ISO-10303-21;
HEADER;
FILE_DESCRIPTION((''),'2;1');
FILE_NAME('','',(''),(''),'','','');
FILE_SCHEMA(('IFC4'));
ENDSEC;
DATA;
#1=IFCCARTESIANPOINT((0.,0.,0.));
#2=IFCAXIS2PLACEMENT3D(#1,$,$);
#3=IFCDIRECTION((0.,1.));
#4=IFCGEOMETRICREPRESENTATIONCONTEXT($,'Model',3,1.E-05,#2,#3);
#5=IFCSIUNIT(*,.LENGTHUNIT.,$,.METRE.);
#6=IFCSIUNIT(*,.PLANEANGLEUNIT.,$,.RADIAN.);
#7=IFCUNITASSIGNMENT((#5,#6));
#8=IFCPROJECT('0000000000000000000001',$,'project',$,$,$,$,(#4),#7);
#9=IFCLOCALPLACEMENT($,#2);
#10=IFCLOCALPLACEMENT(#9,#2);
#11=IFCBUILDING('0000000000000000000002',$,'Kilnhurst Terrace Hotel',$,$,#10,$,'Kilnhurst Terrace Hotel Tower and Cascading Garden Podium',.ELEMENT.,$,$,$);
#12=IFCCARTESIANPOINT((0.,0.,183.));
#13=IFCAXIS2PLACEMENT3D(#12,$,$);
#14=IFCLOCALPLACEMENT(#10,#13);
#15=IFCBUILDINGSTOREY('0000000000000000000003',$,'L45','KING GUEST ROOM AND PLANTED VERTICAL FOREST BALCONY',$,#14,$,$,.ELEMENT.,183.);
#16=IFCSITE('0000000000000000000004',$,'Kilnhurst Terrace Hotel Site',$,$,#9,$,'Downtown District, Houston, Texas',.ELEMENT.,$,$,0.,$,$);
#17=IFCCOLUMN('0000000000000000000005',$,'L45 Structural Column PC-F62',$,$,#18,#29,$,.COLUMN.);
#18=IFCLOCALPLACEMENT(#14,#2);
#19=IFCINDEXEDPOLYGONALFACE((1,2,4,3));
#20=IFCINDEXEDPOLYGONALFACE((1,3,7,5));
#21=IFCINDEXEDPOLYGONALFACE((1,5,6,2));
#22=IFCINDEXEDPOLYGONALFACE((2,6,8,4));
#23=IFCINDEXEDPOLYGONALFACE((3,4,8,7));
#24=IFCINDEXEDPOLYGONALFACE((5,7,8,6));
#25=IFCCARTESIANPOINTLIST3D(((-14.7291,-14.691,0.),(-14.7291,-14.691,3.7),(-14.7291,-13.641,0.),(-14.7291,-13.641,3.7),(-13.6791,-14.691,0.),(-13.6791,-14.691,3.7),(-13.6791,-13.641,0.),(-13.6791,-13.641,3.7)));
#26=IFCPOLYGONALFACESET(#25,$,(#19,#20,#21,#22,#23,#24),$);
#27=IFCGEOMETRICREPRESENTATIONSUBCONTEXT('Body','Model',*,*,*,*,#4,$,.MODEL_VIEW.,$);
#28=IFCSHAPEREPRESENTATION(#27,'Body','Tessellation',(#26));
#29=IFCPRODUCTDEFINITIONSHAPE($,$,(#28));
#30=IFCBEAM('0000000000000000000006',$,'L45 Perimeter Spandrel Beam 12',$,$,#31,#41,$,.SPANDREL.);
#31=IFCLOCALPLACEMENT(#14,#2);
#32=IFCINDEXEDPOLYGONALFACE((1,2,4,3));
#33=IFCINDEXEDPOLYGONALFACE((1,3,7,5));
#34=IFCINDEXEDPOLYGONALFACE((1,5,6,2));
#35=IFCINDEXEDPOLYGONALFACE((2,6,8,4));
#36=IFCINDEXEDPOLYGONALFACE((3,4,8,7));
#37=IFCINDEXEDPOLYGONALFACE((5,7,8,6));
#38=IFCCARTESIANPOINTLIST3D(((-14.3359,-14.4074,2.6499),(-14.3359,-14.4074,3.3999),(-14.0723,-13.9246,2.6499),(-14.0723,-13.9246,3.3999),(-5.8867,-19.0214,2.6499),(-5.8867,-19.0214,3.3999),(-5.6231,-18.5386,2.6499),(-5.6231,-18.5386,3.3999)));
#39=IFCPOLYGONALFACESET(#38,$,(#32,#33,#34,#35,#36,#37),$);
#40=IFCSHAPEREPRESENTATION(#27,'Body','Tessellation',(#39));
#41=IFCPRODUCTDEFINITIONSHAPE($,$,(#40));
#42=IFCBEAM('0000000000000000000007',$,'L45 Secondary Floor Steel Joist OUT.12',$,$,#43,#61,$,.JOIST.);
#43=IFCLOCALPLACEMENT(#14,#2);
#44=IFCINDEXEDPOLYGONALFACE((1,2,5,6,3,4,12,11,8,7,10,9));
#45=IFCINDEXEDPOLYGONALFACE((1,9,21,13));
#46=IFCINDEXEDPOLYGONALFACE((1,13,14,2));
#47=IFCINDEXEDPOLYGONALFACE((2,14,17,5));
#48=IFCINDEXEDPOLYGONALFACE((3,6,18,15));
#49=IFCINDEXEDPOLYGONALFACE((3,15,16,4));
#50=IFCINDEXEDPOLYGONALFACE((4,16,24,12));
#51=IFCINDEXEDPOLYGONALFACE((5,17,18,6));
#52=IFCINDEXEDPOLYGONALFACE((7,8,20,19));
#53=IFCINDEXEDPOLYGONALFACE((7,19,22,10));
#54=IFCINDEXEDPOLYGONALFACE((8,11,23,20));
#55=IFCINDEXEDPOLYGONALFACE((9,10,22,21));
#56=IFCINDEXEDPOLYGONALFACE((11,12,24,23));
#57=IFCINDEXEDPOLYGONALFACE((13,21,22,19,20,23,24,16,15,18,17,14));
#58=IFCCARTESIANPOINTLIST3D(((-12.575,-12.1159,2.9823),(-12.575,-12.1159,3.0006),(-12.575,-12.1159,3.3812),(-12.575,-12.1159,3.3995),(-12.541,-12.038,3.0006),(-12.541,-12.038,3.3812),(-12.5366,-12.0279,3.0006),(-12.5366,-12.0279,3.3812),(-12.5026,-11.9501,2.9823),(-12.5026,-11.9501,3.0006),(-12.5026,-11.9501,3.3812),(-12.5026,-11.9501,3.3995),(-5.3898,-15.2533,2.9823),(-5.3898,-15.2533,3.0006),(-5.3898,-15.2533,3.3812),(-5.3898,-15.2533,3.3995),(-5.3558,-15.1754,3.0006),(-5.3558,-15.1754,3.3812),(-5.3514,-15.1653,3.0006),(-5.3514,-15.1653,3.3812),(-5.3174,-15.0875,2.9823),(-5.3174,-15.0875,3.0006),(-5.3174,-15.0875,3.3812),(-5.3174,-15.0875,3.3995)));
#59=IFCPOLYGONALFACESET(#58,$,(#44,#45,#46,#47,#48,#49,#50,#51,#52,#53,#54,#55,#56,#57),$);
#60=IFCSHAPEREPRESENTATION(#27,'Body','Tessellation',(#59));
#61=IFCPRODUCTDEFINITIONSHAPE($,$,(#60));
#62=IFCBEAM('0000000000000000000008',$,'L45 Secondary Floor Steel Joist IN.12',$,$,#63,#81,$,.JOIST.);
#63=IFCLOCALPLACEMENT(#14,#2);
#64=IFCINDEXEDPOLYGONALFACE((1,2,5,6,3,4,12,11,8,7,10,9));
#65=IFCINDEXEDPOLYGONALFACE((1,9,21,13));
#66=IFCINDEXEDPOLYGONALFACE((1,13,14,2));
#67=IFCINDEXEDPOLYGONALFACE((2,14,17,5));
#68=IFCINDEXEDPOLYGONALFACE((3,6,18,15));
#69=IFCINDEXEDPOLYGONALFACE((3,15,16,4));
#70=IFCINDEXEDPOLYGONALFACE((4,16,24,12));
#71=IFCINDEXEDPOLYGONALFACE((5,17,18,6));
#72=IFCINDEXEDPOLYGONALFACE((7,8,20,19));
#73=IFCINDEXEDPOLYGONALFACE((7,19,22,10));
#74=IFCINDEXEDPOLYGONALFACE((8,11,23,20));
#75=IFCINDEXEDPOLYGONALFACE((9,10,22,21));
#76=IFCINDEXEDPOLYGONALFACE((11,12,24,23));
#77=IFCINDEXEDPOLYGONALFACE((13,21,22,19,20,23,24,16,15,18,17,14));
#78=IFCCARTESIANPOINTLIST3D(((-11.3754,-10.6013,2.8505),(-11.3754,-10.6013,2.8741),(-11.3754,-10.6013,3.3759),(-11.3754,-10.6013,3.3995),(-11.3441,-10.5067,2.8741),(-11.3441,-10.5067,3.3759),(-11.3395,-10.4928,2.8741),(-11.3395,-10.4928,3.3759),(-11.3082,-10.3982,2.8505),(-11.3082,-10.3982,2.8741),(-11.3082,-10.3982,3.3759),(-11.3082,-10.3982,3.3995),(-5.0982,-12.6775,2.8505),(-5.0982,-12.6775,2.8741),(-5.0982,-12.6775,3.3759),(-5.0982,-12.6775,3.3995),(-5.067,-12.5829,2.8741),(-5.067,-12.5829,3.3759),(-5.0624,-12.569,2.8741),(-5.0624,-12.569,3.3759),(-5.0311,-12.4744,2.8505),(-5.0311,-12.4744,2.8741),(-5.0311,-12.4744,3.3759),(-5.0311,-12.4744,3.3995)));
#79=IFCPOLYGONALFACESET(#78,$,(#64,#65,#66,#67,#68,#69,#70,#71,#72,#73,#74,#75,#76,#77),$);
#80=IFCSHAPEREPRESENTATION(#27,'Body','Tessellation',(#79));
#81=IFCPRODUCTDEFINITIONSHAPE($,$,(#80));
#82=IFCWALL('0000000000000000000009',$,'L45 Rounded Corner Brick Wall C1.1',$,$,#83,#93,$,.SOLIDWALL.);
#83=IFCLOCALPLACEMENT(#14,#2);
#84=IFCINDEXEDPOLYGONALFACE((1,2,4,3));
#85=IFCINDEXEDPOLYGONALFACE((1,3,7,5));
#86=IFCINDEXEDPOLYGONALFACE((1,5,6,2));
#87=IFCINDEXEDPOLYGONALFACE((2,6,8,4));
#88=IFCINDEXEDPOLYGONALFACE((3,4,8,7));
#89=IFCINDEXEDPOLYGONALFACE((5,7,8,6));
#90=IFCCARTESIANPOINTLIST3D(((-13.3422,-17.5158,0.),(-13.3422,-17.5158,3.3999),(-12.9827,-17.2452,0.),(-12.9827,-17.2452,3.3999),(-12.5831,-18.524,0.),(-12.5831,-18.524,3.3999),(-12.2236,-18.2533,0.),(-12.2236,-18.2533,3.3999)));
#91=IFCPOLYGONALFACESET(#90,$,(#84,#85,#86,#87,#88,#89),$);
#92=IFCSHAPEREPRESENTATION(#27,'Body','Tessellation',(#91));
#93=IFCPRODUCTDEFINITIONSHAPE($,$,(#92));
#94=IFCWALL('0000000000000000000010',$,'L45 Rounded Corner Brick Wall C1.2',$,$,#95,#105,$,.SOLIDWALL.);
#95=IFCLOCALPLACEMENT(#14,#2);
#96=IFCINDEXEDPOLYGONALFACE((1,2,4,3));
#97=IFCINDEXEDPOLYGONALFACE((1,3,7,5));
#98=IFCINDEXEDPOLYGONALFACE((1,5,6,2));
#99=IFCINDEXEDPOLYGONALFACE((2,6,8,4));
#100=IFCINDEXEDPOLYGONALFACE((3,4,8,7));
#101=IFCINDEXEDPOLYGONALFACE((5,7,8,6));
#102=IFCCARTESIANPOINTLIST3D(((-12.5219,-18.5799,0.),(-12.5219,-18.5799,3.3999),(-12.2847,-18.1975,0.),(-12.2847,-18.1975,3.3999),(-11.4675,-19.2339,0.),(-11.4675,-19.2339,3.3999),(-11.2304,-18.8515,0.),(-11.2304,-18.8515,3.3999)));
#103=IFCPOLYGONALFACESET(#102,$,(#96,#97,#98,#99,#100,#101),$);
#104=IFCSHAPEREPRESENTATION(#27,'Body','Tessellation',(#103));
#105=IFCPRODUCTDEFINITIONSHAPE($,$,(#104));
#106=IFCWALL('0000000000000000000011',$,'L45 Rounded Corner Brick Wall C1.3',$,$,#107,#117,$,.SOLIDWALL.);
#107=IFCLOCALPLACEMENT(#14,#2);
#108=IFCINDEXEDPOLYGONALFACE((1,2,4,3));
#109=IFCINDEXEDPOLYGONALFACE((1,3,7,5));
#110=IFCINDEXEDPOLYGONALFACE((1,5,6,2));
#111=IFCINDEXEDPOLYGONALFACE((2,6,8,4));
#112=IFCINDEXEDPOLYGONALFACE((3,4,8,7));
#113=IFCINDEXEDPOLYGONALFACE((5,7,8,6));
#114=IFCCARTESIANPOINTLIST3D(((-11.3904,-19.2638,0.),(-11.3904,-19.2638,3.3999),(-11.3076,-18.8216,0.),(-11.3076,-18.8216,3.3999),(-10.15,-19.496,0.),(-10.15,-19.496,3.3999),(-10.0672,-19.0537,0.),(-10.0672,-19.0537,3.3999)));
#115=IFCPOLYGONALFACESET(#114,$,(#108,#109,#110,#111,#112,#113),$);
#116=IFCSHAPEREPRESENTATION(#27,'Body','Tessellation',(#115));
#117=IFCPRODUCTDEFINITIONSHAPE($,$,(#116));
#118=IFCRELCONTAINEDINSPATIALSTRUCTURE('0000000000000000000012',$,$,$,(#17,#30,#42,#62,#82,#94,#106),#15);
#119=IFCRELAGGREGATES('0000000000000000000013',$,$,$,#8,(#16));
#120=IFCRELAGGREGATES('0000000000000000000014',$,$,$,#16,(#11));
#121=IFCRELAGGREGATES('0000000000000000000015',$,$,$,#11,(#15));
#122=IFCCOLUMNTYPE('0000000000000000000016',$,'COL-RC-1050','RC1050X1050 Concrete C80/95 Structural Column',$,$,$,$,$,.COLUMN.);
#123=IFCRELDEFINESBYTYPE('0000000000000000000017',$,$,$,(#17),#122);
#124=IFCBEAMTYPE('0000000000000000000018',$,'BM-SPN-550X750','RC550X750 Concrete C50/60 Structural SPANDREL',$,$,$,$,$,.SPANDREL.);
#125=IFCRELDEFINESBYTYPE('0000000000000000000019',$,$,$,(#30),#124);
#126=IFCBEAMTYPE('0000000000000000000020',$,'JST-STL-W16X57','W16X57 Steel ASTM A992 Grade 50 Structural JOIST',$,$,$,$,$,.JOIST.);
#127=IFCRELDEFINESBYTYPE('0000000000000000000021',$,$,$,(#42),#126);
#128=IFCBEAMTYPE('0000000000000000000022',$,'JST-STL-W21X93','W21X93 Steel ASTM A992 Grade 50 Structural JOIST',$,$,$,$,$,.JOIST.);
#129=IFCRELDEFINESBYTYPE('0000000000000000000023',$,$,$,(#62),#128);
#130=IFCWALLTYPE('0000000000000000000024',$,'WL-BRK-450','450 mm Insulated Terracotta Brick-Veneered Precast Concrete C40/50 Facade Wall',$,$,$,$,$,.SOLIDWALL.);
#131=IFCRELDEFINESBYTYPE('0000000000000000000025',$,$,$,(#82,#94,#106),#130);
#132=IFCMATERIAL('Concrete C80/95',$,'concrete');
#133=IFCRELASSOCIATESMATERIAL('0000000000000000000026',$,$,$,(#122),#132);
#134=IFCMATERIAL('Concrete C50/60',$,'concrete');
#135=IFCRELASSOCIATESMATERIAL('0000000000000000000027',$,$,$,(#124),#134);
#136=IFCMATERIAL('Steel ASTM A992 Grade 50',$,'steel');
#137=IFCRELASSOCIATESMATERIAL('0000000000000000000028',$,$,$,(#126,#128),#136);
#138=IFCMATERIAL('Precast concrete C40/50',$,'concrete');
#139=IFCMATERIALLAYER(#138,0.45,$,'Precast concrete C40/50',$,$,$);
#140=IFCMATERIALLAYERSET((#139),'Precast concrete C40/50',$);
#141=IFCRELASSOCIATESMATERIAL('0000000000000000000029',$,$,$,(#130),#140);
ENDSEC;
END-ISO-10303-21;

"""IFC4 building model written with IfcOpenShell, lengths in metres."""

from ifc_helpers import new_model, si_unit, direction, frame, frame_2d, origin, origin_2d, place, context, subcontext, project, spatial, rectangle, i_section, extrude, material, layer, layer_set, material_profile, profile_set, type_object, element, save


model = new_model("IFC4")

# Units and contexts
model_context = context("Model", 3, precision=1e-05, world=origin(), true_north=direction((0.0, 1.0)))
body_context = subcontext(model_context, "Body", "Model", "MODEL_VIEW")
ifc_project = project(units=[si_unit("LENGTHUNIT", "METRE"), si_unit("PLANEANGLEUNIT", "RADIAN")], contexts=[model_context])

# Site, building, storey
site_placement = place(None, origin())
site = spatial("IfcSite", under=ifc_project, at=site_placement, Name="Kilnhurst Terrace Hotel Site", LongName="Downtown District, Houston, Texas", CompositionType="ELEMENT", RefElevation=0.0)
building_placement = place(site_placement, origin())
building = spatial("IfcBuilding", under=site, at=building_placement, Name="Kilnhurst Terrace Hotel", LongName="Kilnhurst Terrace Hotel Tower and Cascading Garden Podium", CompositionType="ELEMENT")
storey_placement = place(building_placement, frame((0.0, 0.0, 183.0)))
storey = spatial("IfcBuildingStorey", under=building, at=storey_placement, Name="L45", Description="KING GUEST ROOM AND PLANTED VERTICAL FOREST BALCONY", CompositionType="ELEMENT", Elevation=183.0)

# Column
ifc_material_1 = material(Name="Concrete C80/95", Category="concrete")
ifc_material_profile_1 = material_profile(ifc_material_1, rectangle(XDim=1.05, YDim=1.05, at=origin_2d()), Name="RC1050X1050")
ifc_profile_set_1 = profile_set([ifc_material_profile_1], Name="Concrete C80/95")
column_type = type_object("IfcColumnType", Name="COL-RC-1050", Description="RC1050X1050 Concrete C80/95 Structural Column", PredefinedType="COLUMN", material=ifc_profile_set_1)
column_placement = place(storey_placement, frame((-14.2041, -14.166, 0.0), z_axis=(0.0, 0.0, 1.0), x_axis=(1.0, 0.0, 0.0)))
element("IfcColumn", 1, at=column_placement, inside=storey, type_object=column_type, Name="L45 Structural Column PC-F62", PredefinedType="COLUMN", context=body_context, shape_type="SweptSolid", body=[
    extrude(rectangle(XDim=1.05, YDim=1.05, at=origin_2d()), origin(), (0.0, 0.0, 1.0), 3.7),
])

# Beams
ifc_material_2 = material(Name="Concrete C50/60", Category="concrete")
ifc_material_profile_2 = material_profile(ifc_material_2, rectangle(XDim=0.55, YDim=0.75, at=origin_2d()), Name="RC550X750")
ifc_profile_set_2 = profile_set([ifc_material_profile_2], Name="Concrete C50/60")
beam_type_1 = type_object("IfcBeamType", Name="BM-SPN-550X750", Description="RC550X750 Concrete C50/60 Structural SPANDREL", PredefinedType="SPANDREL", material=ifc_profile_set_2)
beam_1_placement = place(storey_placement, frame((-14.2041, -14.166, 3.0249), z_axis=(0.877662, -0.47928, 0.0), x_axis=(0.47928, 0.877662, 0.0)))
element("IfcBeam", 2, at=beam_1_placement, inside=storey, type_object=beam_type_1, Name="L45 Perimeter Spandrel Beam 12", PredefinedType="SPANDREL", context=body_context, shape_type="SweptSolid", body=[
    extrude(rectangle(XDim=0.55, YDim=0.75, at=origin_2d()), origin(), (0.0, 0.0, 1.0), 9.627),
])
ifc_material_3 = material(Name="Steel ASTM A992 Grade 50", Category="steel")
ifc_material_profile_3 = material_profile(ifc_material_3, i_section(OverallWidth=0.1809, OverallDepth=0.4172, WebThickness=0.011, FlangeThickness=0.0183, at=origin_2d()), Name="W16X57")
ifc_profile_set_3 = profile_set([ifc_material_profile_3], Name="Steel ASTM A992 Grade 50")
beam_type_2 = type_object("IfcBeamType", Name="JST-STL-W16X57", Description="W16X57 Steel ASTM A992 Grade 50 Structural JOIST", PredefinedType="JOIST", material=ifc_profile_set_3)
beam_2_placement = place(storey_placement, frame((-12.5388, -12.033, 3.1909), z_axis=(0.916444, -0.400164, 0.0), x_axis=(0.400164, 0.916444, 0.0)))
element("IfcBeam", 3, at=beam_2_placement, inside=storey, type_object=beam_type_2, Name="L45 Secondary Floor Steel Joist OUT.12", PredefinedType="JOIST", context=body_context, shape_type="SweptSolid", body=[
    extrude(i_section(OverallWidth=0.1809, OverallDepth=0.4172, WebThickness=0.011, FlangeThickness=0.0183, at=origin_2d()), origin(), (0.0, 0.0, 1.0), 7.8403),
])
ifc_material_profile_4 = material_profile(ifc_material_3, i_section(OverallWidth=0.2139, OverallDepth=0.5491, WebThickness=0.0146, FlangeThickness=0.0237, at=origin_2d()), Name="W21X93")
ifc_profile_set_4 = profile_set([ifc_material_profile_4], Name="Steel ASTM A992 Grade 50")
beam_type_3 = type_object("IfcBeamType", Name="JST-STL-W21X93", Description="W21X93 Steel ASTM A992 Grade 50 Structural JOIST", PredefinedType="JOIST", material=ifc_profile_set_4)
beam_3_placement = place(storey_placement, frame((-11.3418, -10.4998, 3.125), z_axis=(0.949416, -0.314022, 0.0), x_axis=(0.314022, 0.949416, 0.0)))
element("IfcBeam", 4, at=beam_3_placement, inside=storey, type_object=beam_type_3, Name="L45 Secondary Floor Steel Joist IN.12", PredefinedType="JOIST", context=body_context, shape_type="SweptSolid", body=[
    extrude(i_section(OverallWidth=0.2139, OverallDepth=0.5491, WebThickness=0.0146, FlangeThickness=0.0237, at=origin_2d()), origin(), (0.0, 0.0, 1.0), 6.6116),
])

# Walls
ifc_material_4 = material(Name="Precast concrete C40/50", Category="concrete")
ifc_layer_1 = layer(ifc_material_4, 0.45, Name="Precast concrete C40/50")
ifc_layer_set_1 = layer_set([ifc_layer_1], Name="Precast concrete C40/50")
wall_type_1 = type_object("IfcWallType", Name="WL-BRK-450", Description="450 mm Insulated Terracotta Brick-Veneered Precast Concrete C40/50 Facade Wall", PredefinedType="SOLIDWALL", material=ifc_layer_set_1)
wall_1_placement = place(storey_placement, frame((-13.1624, -17.3806, 0.0), z_axis=(0.0, 0.0, 1.0), x_axis=(0.601516, -0.798861, 0.0)))
element("IfcWall", 5, at=wall_1_placement, inside=storey, type_object=wall_type_1, Name="L45 Rounded Corner Brick Wall C1.1", PredefinedType="SOLIDWALL", context=body_context, shape_type="SweptSolid", body=[
    extrude(rectangle(XDim=1.262, YDim=0.45, at=frame_2d((0.6309, 0.0))), origin(), (0.0, 0.0, 1.0), 3.3999),
])
wall_2_placement = place(storey_placement, frame((-12.4033, -18.3887, 0.0), z_axis=(0.0, 0.0, 1.0), x_axis=(0.849795, -0.527113, 0.0)))
element("IfcWall", 6, at=wall_2_placement, inside=storey, type_object=wall_type_1, Name="L45 Rounded Corner Brick Wall C1.2", PredefinedType="SOLIDWALL", context=body_context, shape_type="SweptSolid", body=[
    extrude(rectangle(XDim=1.2407, YDim=0.45, at=frame_2d((0.6204, 0.0))), origin(), (0.0, 0.0, 1.0), 3.3999),
])
wall_3_placement = place(storey_placement, frame((-11.3489, -19.0427, 0.0), z_axis=(0.0, 0.0, 1.0), x_axis=(0.982931, -0.183973, 0.0)))
element("IfcWall", 7, at=wall_3_placement, inside=storey, type_object=wall_type_1, Name="L45 Rounded Corner Brick Wall C1.3", PredefinedType="SOLIDWALL", context=body_context, shape_type="SweptSolid", body=[
    extrude(rectangle(XDim=1.262, YDim=0.45, at=frame_2d((0.6309, 0.0))), origin(), (0.0, 0.0, 1.0), 3.3999),
])

save(model, "model.ifc")
